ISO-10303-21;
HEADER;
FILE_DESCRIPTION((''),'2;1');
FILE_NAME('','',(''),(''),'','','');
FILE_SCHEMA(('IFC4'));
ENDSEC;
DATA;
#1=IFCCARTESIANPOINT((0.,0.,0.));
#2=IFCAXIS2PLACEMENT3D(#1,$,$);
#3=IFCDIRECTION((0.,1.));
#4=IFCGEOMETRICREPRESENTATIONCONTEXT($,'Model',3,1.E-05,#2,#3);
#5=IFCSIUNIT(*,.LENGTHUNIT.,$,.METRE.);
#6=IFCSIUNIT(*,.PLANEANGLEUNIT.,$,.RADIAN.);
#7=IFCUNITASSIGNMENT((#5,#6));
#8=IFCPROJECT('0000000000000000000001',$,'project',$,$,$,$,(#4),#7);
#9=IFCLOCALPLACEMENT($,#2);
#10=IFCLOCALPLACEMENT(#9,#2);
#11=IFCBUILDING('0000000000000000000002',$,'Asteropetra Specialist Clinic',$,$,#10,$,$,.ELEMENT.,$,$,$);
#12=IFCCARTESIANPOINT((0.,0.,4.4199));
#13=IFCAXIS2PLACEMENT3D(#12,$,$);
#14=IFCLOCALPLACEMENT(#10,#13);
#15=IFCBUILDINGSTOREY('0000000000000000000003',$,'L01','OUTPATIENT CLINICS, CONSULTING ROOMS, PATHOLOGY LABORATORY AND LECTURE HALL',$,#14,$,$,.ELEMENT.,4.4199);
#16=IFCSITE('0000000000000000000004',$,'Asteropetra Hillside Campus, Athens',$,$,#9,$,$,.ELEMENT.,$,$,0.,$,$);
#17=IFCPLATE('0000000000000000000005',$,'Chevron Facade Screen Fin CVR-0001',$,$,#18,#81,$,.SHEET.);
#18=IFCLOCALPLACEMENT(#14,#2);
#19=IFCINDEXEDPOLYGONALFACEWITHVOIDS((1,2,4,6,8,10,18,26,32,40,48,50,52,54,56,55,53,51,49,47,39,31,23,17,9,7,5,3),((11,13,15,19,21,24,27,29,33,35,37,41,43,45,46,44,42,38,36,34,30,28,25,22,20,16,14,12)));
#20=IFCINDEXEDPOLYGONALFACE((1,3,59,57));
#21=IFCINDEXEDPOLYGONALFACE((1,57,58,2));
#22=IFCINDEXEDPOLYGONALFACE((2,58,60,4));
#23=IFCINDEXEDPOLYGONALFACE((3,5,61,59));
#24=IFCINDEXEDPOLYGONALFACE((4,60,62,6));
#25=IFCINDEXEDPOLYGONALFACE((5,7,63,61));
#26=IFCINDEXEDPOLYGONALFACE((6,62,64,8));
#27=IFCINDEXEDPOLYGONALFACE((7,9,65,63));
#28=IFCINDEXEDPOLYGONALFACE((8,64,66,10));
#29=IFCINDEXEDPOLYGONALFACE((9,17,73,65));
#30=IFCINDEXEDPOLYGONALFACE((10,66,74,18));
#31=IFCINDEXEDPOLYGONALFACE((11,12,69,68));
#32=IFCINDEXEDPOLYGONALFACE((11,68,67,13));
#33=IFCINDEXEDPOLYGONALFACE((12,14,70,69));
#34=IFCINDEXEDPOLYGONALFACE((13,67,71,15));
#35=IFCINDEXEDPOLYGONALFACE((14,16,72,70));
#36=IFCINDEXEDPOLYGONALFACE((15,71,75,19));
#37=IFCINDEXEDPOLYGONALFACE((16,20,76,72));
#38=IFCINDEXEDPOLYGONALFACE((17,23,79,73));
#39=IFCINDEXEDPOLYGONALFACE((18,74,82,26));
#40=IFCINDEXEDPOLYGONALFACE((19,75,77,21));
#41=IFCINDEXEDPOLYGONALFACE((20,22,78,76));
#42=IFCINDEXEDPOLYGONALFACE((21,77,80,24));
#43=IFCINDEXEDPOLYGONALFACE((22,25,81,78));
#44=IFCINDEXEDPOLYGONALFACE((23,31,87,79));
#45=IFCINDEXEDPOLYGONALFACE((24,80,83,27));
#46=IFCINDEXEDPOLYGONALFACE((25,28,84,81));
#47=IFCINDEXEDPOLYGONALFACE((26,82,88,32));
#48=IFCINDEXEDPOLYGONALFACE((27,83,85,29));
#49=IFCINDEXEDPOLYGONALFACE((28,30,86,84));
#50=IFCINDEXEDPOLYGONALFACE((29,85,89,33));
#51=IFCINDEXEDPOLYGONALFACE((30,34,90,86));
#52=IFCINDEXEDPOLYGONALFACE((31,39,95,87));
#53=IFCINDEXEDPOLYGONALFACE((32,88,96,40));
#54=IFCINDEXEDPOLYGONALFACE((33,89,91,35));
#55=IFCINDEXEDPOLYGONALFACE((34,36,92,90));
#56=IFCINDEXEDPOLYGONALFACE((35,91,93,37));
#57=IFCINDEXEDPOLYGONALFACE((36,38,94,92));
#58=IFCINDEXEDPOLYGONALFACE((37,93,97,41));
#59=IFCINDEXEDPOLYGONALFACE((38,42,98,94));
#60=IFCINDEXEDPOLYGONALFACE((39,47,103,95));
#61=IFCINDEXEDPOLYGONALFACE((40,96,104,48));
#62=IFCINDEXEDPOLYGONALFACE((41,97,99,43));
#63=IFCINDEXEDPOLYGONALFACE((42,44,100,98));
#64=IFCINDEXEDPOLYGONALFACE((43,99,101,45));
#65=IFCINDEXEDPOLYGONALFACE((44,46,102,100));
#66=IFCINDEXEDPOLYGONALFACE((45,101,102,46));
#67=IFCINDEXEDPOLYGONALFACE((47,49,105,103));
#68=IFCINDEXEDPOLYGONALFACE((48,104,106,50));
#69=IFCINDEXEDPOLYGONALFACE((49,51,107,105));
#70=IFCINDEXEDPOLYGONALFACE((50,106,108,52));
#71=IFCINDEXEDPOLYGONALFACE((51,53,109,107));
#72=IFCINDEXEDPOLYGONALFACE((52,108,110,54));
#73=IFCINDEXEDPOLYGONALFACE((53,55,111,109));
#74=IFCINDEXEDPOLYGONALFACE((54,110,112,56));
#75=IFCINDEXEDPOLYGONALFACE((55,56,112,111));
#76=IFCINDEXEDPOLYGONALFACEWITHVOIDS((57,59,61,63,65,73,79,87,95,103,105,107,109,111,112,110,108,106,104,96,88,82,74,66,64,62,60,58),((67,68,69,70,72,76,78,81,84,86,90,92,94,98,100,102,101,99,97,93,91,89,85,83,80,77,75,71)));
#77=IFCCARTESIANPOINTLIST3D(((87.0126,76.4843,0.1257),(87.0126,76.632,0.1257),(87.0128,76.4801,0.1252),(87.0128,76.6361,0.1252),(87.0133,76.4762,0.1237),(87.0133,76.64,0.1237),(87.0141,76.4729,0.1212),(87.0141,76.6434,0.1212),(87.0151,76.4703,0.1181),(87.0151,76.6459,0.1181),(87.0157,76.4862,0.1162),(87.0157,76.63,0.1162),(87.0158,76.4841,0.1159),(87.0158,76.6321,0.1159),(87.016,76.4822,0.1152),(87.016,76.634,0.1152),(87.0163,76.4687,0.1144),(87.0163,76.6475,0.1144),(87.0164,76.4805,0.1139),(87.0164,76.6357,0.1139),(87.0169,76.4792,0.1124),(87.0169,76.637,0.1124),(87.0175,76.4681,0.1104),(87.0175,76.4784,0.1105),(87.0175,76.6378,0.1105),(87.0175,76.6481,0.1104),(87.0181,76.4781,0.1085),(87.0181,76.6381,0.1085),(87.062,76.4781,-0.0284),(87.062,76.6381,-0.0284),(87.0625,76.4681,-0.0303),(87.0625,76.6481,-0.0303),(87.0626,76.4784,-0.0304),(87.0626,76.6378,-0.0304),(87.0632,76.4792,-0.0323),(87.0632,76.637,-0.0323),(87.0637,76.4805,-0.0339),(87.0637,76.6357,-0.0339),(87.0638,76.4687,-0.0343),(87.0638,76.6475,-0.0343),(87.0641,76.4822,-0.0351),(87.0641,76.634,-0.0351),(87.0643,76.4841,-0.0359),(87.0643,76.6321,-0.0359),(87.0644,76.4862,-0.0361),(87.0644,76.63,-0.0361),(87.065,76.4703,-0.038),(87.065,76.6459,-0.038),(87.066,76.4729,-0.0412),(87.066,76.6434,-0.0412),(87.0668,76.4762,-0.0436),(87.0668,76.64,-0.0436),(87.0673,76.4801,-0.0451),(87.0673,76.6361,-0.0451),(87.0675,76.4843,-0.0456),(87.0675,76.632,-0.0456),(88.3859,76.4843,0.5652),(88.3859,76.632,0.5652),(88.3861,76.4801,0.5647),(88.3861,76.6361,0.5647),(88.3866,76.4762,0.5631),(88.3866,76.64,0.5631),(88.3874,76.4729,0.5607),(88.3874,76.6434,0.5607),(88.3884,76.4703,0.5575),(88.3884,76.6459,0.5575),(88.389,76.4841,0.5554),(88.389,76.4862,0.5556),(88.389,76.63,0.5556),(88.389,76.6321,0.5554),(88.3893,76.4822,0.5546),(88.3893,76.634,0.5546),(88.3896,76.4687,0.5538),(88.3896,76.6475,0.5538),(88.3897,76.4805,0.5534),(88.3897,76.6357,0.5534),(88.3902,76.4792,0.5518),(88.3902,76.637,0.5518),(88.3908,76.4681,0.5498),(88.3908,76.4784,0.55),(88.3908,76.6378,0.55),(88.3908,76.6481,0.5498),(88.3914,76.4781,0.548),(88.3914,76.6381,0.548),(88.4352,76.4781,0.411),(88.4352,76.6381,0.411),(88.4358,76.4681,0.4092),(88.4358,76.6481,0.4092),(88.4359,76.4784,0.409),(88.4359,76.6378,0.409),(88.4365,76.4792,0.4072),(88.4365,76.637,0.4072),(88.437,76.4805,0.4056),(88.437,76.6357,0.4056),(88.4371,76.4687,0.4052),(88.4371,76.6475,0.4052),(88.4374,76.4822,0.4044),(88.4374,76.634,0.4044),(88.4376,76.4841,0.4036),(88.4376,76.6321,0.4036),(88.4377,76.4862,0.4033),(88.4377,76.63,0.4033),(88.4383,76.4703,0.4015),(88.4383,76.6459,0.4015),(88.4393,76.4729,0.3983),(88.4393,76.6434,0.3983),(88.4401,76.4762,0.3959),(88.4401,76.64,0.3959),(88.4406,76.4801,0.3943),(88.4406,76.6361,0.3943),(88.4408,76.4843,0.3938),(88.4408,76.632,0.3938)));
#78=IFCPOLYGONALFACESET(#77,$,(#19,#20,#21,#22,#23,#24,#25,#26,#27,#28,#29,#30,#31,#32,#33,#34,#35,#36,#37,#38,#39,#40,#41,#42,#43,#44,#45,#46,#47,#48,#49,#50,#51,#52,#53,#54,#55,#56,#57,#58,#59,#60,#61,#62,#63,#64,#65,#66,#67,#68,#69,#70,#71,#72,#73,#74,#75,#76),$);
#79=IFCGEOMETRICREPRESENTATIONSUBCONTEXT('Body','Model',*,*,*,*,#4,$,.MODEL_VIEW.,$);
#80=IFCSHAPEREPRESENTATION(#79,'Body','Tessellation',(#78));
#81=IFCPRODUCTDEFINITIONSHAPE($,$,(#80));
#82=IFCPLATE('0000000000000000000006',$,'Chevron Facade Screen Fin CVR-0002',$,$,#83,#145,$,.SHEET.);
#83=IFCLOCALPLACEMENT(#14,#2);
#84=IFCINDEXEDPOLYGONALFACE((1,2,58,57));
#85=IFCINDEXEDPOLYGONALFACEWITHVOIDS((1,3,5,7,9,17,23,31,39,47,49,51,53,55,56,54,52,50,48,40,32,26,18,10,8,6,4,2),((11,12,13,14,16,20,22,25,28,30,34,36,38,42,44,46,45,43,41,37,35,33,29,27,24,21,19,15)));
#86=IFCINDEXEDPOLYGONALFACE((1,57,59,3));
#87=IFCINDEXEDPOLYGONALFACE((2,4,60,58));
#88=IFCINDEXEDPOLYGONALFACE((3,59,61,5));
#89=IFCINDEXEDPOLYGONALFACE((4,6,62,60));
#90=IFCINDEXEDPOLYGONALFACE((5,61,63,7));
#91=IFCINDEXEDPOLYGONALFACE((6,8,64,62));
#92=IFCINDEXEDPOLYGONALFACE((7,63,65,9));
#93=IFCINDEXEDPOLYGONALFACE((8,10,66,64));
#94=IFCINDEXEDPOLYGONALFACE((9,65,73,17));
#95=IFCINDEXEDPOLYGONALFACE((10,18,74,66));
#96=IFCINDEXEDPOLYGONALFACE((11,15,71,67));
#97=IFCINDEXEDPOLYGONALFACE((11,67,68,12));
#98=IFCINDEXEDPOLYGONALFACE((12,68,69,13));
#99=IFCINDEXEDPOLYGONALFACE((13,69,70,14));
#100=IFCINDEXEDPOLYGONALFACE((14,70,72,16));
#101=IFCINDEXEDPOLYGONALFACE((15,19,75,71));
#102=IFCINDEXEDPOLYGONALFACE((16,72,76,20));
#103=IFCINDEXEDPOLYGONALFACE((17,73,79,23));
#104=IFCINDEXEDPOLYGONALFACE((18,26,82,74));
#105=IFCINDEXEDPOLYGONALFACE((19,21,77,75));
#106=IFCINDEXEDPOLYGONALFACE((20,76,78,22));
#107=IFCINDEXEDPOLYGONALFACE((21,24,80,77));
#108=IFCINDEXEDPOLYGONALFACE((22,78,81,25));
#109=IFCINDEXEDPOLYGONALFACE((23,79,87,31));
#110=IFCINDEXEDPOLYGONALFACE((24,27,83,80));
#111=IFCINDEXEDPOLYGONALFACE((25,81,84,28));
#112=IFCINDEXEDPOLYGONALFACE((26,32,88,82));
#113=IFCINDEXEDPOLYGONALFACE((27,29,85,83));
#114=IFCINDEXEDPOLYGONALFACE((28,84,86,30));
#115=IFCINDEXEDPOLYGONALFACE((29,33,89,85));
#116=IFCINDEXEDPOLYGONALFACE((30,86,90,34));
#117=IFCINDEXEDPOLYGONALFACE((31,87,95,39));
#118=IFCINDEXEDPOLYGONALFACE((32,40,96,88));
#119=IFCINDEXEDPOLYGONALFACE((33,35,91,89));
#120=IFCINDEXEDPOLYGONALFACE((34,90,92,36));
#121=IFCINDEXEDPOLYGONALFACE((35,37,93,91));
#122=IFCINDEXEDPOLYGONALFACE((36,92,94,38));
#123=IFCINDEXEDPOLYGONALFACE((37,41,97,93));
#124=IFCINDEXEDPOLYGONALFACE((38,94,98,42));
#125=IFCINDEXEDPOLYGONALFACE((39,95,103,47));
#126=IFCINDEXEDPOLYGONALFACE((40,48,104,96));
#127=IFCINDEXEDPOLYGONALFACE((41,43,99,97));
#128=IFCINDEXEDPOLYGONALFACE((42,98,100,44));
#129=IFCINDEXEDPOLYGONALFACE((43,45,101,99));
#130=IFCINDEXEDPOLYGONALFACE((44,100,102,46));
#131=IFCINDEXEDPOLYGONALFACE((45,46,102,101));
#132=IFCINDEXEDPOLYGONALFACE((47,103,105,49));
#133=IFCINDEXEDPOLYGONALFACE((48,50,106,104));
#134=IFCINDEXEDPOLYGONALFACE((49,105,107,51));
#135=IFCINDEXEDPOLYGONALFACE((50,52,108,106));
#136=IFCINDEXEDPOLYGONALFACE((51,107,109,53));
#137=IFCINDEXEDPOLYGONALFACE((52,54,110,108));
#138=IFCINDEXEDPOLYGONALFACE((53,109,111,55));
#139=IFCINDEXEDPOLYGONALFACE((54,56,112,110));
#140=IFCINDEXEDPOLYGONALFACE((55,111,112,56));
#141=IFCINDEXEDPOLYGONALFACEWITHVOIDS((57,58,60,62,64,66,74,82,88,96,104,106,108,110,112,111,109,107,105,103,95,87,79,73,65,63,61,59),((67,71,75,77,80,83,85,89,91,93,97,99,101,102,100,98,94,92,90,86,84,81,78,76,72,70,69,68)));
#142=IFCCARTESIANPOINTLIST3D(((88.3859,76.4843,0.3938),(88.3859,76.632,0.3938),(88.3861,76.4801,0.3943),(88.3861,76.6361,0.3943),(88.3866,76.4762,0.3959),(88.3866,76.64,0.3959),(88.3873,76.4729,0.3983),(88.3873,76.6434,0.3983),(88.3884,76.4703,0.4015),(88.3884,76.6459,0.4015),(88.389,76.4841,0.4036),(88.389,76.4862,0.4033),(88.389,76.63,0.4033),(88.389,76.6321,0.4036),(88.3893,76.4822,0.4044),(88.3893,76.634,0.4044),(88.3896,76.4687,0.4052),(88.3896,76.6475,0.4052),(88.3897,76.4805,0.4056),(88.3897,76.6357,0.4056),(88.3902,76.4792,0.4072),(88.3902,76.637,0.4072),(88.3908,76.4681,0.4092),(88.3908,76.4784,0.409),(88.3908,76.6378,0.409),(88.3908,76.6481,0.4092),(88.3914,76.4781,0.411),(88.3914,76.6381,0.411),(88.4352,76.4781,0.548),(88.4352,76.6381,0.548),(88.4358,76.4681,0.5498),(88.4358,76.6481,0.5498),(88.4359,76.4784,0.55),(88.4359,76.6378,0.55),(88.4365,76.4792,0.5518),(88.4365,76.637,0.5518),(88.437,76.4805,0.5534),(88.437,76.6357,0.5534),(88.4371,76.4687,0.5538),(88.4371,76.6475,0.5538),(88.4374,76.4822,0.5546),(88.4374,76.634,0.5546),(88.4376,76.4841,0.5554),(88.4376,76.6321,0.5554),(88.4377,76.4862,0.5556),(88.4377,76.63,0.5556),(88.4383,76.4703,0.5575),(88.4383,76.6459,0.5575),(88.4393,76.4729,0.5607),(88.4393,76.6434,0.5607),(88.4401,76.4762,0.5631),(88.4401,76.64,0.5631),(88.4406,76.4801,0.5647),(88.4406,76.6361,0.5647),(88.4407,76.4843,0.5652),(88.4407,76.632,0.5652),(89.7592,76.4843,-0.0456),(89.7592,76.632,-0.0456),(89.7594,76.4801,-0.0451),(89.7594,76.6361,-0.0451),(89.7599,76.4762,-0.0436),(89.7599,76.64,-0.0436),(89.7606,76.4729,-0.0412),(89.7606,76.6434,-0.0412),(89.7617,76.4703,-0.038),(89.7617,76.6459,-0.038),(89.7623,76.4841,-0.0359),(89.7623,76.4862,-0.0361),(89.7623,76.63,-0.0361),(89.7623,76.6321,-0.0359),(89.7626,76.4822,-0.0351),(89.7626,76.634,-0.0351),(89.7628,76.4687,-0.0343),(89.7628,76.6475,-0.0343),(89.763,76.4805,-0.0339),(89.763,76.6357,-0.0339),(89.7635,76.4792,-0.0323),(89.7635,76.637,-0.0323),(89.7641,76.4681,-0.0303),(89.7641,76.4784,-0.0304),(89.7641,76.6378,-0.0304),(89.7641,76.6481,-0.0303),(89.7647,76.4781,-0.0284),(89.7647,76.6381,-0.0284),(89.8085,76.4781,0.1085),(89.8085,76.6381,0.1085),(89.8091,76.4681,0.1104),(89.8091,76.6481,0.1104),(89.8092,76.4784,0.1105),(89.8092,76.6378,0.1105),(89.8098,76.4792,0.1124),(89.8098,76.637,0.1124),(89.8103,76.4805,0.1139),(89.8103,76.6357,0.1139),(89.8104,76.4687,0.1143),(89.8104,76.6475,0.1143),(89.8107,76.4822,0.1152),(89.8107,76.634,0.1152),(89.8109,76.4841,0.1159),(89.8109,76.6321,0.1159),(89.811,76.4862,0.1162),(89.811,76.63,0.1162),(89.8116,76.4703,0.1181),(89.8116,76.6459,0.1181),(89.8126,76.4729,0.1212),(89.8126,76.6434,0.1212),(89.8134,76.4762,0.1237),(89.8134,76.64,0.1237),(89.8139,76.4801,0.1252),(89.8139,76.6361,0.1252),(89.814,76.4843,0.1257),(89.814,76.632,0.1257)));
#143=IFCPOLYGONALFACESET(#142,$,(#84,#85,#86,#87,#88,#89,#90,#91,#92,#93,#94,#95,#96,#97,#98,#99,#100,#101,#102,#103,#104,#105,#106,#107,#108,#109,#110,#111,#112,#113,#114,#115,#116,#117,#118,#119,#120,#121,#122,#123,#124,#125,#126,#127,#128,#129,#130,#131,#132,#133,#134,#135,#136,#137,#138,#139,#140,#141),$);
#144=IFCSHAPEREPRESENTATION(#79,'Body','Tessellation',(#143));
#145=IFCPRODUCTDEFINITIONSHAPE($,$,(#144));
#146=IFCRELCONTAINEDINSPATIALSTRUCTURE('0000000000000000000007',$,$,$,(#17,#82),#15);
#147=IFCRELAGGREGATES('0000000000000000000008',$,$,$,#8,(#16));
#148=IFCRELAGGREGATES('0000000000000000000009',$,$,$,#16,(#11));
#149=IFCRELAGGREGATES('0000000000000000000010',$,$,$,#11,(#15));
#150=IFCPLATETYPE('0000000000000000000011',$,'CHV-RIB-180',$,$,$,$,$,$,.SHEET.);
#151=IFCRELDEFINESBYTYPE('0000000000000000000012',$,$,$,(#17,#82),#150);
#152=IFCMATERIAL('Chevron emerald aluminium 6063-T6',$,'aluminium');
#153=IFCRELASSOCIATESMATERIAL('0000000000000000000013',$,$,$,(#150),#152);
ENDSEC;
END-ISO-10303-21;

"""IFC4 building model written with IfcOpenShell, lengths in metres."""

from ifc_helpers import new_model, si_unit, direction, frame, origin, origin_2d, place, context, subcontext, project, spatial, hollow_rectangle, extrude, material, material_profile, profile_set, type_object, element, save


model = new_model("IFC4")

# Units and contexts
model_context = context("Model", 3, precision=1e-05, world=origin(), true_north=direction((0.0, 1.0)))
body_context = subcontext(model_context, "Body", "Model", "MODEL_VIEW")
ifc_project = project(units=[si_unit("LENGTHUNIT", "METRE"), si_unit("PLANEANGLEUNIT", "RADIAN")], contexts=[model_context])

# Site, building, storey
site_placement = place(None, origin())
site = spatial("IfcSite", under=ifc_project, at=site_placement, Name="Asteropetra Hillside Campus, Athens", CompositionType="ELEMENT", RefElevation=0.0)
building_placement = place(site_placement, origin())
building = spatial("IfcBuilding", under=site, at=building_placement, Name="Asteropetra Specialist Clinic", CompositionType="ELEMENT")
storey_placement = place(building_placement, frame((0.0, 0.0, 4.4199)))
storey = spatial("IfcBuildingStorey", under=building, at=storey_placement, Name="L01", Description="OUTPATIENT CLINICS, CONSULTING ROOMS, PATHOLOGY LABORATORY AND LECTURE HALL", CompositionType="ELEMENT", Elevation=4.4199)

# Plates
ifc_material_1 = material(Name="Chevron emerald aluminium 6063-T6", Category="aluminium")
ifc_material_profile_1 = material_profile(ifc_material_1, hollow_rectangle(XDim=0.1799, YDim=0.1799, WallThickness=0.01, InnerFilletRadius=0.0081, OuterFilletRadius=0.0161, at=origin_2d()), Name="SHS 180x180x10.0")
ifc_profile_set_1 = profile_set([ifc_material_profile_1], Name="Chevron emerald aluminium 6063-T6")
plate_type = type_object("IfcPlateType", Name="CHV-RIB-180", PredefinedType="SHEET", material=ifc_profile_set_1)
for number, where, z_axis, x_axis, name in (
    (1, (87.04, 76.5581, 0.04), (0.952424, 0.0, 0.304776), (0.0, 1.0, 0.0), "Chevron Facade Screen Fin CVR-0001"),
    (2, (88.4133, 76.5581, 0.4795), (0.952424, 0.0, -0.304776), (0.0, 1.0, 0.0), "Chevron Facade Screen Fin CVR-0002"),
):
    element("IfcPlate", number, at=place(storey_placement, frame(where, z_axis=z_axis, x_axis=x_axis)), inside=storey, type_object=plate_type, Name=name, PredefinedType="SHEET", context=body_context, shape_type="SweptSolid", body=[
        extrude(hollow_rectangle(XDim=0.1799, YDim=0.1799, WallThickness=0.01, InnerFilletRadius=0.0081, OuterFilletRadius=0.0161, at=origin_2d()), origin(), (0.0, 0.0, 1.0), 1.4419),
    ])

save(model, "model.ifc")
